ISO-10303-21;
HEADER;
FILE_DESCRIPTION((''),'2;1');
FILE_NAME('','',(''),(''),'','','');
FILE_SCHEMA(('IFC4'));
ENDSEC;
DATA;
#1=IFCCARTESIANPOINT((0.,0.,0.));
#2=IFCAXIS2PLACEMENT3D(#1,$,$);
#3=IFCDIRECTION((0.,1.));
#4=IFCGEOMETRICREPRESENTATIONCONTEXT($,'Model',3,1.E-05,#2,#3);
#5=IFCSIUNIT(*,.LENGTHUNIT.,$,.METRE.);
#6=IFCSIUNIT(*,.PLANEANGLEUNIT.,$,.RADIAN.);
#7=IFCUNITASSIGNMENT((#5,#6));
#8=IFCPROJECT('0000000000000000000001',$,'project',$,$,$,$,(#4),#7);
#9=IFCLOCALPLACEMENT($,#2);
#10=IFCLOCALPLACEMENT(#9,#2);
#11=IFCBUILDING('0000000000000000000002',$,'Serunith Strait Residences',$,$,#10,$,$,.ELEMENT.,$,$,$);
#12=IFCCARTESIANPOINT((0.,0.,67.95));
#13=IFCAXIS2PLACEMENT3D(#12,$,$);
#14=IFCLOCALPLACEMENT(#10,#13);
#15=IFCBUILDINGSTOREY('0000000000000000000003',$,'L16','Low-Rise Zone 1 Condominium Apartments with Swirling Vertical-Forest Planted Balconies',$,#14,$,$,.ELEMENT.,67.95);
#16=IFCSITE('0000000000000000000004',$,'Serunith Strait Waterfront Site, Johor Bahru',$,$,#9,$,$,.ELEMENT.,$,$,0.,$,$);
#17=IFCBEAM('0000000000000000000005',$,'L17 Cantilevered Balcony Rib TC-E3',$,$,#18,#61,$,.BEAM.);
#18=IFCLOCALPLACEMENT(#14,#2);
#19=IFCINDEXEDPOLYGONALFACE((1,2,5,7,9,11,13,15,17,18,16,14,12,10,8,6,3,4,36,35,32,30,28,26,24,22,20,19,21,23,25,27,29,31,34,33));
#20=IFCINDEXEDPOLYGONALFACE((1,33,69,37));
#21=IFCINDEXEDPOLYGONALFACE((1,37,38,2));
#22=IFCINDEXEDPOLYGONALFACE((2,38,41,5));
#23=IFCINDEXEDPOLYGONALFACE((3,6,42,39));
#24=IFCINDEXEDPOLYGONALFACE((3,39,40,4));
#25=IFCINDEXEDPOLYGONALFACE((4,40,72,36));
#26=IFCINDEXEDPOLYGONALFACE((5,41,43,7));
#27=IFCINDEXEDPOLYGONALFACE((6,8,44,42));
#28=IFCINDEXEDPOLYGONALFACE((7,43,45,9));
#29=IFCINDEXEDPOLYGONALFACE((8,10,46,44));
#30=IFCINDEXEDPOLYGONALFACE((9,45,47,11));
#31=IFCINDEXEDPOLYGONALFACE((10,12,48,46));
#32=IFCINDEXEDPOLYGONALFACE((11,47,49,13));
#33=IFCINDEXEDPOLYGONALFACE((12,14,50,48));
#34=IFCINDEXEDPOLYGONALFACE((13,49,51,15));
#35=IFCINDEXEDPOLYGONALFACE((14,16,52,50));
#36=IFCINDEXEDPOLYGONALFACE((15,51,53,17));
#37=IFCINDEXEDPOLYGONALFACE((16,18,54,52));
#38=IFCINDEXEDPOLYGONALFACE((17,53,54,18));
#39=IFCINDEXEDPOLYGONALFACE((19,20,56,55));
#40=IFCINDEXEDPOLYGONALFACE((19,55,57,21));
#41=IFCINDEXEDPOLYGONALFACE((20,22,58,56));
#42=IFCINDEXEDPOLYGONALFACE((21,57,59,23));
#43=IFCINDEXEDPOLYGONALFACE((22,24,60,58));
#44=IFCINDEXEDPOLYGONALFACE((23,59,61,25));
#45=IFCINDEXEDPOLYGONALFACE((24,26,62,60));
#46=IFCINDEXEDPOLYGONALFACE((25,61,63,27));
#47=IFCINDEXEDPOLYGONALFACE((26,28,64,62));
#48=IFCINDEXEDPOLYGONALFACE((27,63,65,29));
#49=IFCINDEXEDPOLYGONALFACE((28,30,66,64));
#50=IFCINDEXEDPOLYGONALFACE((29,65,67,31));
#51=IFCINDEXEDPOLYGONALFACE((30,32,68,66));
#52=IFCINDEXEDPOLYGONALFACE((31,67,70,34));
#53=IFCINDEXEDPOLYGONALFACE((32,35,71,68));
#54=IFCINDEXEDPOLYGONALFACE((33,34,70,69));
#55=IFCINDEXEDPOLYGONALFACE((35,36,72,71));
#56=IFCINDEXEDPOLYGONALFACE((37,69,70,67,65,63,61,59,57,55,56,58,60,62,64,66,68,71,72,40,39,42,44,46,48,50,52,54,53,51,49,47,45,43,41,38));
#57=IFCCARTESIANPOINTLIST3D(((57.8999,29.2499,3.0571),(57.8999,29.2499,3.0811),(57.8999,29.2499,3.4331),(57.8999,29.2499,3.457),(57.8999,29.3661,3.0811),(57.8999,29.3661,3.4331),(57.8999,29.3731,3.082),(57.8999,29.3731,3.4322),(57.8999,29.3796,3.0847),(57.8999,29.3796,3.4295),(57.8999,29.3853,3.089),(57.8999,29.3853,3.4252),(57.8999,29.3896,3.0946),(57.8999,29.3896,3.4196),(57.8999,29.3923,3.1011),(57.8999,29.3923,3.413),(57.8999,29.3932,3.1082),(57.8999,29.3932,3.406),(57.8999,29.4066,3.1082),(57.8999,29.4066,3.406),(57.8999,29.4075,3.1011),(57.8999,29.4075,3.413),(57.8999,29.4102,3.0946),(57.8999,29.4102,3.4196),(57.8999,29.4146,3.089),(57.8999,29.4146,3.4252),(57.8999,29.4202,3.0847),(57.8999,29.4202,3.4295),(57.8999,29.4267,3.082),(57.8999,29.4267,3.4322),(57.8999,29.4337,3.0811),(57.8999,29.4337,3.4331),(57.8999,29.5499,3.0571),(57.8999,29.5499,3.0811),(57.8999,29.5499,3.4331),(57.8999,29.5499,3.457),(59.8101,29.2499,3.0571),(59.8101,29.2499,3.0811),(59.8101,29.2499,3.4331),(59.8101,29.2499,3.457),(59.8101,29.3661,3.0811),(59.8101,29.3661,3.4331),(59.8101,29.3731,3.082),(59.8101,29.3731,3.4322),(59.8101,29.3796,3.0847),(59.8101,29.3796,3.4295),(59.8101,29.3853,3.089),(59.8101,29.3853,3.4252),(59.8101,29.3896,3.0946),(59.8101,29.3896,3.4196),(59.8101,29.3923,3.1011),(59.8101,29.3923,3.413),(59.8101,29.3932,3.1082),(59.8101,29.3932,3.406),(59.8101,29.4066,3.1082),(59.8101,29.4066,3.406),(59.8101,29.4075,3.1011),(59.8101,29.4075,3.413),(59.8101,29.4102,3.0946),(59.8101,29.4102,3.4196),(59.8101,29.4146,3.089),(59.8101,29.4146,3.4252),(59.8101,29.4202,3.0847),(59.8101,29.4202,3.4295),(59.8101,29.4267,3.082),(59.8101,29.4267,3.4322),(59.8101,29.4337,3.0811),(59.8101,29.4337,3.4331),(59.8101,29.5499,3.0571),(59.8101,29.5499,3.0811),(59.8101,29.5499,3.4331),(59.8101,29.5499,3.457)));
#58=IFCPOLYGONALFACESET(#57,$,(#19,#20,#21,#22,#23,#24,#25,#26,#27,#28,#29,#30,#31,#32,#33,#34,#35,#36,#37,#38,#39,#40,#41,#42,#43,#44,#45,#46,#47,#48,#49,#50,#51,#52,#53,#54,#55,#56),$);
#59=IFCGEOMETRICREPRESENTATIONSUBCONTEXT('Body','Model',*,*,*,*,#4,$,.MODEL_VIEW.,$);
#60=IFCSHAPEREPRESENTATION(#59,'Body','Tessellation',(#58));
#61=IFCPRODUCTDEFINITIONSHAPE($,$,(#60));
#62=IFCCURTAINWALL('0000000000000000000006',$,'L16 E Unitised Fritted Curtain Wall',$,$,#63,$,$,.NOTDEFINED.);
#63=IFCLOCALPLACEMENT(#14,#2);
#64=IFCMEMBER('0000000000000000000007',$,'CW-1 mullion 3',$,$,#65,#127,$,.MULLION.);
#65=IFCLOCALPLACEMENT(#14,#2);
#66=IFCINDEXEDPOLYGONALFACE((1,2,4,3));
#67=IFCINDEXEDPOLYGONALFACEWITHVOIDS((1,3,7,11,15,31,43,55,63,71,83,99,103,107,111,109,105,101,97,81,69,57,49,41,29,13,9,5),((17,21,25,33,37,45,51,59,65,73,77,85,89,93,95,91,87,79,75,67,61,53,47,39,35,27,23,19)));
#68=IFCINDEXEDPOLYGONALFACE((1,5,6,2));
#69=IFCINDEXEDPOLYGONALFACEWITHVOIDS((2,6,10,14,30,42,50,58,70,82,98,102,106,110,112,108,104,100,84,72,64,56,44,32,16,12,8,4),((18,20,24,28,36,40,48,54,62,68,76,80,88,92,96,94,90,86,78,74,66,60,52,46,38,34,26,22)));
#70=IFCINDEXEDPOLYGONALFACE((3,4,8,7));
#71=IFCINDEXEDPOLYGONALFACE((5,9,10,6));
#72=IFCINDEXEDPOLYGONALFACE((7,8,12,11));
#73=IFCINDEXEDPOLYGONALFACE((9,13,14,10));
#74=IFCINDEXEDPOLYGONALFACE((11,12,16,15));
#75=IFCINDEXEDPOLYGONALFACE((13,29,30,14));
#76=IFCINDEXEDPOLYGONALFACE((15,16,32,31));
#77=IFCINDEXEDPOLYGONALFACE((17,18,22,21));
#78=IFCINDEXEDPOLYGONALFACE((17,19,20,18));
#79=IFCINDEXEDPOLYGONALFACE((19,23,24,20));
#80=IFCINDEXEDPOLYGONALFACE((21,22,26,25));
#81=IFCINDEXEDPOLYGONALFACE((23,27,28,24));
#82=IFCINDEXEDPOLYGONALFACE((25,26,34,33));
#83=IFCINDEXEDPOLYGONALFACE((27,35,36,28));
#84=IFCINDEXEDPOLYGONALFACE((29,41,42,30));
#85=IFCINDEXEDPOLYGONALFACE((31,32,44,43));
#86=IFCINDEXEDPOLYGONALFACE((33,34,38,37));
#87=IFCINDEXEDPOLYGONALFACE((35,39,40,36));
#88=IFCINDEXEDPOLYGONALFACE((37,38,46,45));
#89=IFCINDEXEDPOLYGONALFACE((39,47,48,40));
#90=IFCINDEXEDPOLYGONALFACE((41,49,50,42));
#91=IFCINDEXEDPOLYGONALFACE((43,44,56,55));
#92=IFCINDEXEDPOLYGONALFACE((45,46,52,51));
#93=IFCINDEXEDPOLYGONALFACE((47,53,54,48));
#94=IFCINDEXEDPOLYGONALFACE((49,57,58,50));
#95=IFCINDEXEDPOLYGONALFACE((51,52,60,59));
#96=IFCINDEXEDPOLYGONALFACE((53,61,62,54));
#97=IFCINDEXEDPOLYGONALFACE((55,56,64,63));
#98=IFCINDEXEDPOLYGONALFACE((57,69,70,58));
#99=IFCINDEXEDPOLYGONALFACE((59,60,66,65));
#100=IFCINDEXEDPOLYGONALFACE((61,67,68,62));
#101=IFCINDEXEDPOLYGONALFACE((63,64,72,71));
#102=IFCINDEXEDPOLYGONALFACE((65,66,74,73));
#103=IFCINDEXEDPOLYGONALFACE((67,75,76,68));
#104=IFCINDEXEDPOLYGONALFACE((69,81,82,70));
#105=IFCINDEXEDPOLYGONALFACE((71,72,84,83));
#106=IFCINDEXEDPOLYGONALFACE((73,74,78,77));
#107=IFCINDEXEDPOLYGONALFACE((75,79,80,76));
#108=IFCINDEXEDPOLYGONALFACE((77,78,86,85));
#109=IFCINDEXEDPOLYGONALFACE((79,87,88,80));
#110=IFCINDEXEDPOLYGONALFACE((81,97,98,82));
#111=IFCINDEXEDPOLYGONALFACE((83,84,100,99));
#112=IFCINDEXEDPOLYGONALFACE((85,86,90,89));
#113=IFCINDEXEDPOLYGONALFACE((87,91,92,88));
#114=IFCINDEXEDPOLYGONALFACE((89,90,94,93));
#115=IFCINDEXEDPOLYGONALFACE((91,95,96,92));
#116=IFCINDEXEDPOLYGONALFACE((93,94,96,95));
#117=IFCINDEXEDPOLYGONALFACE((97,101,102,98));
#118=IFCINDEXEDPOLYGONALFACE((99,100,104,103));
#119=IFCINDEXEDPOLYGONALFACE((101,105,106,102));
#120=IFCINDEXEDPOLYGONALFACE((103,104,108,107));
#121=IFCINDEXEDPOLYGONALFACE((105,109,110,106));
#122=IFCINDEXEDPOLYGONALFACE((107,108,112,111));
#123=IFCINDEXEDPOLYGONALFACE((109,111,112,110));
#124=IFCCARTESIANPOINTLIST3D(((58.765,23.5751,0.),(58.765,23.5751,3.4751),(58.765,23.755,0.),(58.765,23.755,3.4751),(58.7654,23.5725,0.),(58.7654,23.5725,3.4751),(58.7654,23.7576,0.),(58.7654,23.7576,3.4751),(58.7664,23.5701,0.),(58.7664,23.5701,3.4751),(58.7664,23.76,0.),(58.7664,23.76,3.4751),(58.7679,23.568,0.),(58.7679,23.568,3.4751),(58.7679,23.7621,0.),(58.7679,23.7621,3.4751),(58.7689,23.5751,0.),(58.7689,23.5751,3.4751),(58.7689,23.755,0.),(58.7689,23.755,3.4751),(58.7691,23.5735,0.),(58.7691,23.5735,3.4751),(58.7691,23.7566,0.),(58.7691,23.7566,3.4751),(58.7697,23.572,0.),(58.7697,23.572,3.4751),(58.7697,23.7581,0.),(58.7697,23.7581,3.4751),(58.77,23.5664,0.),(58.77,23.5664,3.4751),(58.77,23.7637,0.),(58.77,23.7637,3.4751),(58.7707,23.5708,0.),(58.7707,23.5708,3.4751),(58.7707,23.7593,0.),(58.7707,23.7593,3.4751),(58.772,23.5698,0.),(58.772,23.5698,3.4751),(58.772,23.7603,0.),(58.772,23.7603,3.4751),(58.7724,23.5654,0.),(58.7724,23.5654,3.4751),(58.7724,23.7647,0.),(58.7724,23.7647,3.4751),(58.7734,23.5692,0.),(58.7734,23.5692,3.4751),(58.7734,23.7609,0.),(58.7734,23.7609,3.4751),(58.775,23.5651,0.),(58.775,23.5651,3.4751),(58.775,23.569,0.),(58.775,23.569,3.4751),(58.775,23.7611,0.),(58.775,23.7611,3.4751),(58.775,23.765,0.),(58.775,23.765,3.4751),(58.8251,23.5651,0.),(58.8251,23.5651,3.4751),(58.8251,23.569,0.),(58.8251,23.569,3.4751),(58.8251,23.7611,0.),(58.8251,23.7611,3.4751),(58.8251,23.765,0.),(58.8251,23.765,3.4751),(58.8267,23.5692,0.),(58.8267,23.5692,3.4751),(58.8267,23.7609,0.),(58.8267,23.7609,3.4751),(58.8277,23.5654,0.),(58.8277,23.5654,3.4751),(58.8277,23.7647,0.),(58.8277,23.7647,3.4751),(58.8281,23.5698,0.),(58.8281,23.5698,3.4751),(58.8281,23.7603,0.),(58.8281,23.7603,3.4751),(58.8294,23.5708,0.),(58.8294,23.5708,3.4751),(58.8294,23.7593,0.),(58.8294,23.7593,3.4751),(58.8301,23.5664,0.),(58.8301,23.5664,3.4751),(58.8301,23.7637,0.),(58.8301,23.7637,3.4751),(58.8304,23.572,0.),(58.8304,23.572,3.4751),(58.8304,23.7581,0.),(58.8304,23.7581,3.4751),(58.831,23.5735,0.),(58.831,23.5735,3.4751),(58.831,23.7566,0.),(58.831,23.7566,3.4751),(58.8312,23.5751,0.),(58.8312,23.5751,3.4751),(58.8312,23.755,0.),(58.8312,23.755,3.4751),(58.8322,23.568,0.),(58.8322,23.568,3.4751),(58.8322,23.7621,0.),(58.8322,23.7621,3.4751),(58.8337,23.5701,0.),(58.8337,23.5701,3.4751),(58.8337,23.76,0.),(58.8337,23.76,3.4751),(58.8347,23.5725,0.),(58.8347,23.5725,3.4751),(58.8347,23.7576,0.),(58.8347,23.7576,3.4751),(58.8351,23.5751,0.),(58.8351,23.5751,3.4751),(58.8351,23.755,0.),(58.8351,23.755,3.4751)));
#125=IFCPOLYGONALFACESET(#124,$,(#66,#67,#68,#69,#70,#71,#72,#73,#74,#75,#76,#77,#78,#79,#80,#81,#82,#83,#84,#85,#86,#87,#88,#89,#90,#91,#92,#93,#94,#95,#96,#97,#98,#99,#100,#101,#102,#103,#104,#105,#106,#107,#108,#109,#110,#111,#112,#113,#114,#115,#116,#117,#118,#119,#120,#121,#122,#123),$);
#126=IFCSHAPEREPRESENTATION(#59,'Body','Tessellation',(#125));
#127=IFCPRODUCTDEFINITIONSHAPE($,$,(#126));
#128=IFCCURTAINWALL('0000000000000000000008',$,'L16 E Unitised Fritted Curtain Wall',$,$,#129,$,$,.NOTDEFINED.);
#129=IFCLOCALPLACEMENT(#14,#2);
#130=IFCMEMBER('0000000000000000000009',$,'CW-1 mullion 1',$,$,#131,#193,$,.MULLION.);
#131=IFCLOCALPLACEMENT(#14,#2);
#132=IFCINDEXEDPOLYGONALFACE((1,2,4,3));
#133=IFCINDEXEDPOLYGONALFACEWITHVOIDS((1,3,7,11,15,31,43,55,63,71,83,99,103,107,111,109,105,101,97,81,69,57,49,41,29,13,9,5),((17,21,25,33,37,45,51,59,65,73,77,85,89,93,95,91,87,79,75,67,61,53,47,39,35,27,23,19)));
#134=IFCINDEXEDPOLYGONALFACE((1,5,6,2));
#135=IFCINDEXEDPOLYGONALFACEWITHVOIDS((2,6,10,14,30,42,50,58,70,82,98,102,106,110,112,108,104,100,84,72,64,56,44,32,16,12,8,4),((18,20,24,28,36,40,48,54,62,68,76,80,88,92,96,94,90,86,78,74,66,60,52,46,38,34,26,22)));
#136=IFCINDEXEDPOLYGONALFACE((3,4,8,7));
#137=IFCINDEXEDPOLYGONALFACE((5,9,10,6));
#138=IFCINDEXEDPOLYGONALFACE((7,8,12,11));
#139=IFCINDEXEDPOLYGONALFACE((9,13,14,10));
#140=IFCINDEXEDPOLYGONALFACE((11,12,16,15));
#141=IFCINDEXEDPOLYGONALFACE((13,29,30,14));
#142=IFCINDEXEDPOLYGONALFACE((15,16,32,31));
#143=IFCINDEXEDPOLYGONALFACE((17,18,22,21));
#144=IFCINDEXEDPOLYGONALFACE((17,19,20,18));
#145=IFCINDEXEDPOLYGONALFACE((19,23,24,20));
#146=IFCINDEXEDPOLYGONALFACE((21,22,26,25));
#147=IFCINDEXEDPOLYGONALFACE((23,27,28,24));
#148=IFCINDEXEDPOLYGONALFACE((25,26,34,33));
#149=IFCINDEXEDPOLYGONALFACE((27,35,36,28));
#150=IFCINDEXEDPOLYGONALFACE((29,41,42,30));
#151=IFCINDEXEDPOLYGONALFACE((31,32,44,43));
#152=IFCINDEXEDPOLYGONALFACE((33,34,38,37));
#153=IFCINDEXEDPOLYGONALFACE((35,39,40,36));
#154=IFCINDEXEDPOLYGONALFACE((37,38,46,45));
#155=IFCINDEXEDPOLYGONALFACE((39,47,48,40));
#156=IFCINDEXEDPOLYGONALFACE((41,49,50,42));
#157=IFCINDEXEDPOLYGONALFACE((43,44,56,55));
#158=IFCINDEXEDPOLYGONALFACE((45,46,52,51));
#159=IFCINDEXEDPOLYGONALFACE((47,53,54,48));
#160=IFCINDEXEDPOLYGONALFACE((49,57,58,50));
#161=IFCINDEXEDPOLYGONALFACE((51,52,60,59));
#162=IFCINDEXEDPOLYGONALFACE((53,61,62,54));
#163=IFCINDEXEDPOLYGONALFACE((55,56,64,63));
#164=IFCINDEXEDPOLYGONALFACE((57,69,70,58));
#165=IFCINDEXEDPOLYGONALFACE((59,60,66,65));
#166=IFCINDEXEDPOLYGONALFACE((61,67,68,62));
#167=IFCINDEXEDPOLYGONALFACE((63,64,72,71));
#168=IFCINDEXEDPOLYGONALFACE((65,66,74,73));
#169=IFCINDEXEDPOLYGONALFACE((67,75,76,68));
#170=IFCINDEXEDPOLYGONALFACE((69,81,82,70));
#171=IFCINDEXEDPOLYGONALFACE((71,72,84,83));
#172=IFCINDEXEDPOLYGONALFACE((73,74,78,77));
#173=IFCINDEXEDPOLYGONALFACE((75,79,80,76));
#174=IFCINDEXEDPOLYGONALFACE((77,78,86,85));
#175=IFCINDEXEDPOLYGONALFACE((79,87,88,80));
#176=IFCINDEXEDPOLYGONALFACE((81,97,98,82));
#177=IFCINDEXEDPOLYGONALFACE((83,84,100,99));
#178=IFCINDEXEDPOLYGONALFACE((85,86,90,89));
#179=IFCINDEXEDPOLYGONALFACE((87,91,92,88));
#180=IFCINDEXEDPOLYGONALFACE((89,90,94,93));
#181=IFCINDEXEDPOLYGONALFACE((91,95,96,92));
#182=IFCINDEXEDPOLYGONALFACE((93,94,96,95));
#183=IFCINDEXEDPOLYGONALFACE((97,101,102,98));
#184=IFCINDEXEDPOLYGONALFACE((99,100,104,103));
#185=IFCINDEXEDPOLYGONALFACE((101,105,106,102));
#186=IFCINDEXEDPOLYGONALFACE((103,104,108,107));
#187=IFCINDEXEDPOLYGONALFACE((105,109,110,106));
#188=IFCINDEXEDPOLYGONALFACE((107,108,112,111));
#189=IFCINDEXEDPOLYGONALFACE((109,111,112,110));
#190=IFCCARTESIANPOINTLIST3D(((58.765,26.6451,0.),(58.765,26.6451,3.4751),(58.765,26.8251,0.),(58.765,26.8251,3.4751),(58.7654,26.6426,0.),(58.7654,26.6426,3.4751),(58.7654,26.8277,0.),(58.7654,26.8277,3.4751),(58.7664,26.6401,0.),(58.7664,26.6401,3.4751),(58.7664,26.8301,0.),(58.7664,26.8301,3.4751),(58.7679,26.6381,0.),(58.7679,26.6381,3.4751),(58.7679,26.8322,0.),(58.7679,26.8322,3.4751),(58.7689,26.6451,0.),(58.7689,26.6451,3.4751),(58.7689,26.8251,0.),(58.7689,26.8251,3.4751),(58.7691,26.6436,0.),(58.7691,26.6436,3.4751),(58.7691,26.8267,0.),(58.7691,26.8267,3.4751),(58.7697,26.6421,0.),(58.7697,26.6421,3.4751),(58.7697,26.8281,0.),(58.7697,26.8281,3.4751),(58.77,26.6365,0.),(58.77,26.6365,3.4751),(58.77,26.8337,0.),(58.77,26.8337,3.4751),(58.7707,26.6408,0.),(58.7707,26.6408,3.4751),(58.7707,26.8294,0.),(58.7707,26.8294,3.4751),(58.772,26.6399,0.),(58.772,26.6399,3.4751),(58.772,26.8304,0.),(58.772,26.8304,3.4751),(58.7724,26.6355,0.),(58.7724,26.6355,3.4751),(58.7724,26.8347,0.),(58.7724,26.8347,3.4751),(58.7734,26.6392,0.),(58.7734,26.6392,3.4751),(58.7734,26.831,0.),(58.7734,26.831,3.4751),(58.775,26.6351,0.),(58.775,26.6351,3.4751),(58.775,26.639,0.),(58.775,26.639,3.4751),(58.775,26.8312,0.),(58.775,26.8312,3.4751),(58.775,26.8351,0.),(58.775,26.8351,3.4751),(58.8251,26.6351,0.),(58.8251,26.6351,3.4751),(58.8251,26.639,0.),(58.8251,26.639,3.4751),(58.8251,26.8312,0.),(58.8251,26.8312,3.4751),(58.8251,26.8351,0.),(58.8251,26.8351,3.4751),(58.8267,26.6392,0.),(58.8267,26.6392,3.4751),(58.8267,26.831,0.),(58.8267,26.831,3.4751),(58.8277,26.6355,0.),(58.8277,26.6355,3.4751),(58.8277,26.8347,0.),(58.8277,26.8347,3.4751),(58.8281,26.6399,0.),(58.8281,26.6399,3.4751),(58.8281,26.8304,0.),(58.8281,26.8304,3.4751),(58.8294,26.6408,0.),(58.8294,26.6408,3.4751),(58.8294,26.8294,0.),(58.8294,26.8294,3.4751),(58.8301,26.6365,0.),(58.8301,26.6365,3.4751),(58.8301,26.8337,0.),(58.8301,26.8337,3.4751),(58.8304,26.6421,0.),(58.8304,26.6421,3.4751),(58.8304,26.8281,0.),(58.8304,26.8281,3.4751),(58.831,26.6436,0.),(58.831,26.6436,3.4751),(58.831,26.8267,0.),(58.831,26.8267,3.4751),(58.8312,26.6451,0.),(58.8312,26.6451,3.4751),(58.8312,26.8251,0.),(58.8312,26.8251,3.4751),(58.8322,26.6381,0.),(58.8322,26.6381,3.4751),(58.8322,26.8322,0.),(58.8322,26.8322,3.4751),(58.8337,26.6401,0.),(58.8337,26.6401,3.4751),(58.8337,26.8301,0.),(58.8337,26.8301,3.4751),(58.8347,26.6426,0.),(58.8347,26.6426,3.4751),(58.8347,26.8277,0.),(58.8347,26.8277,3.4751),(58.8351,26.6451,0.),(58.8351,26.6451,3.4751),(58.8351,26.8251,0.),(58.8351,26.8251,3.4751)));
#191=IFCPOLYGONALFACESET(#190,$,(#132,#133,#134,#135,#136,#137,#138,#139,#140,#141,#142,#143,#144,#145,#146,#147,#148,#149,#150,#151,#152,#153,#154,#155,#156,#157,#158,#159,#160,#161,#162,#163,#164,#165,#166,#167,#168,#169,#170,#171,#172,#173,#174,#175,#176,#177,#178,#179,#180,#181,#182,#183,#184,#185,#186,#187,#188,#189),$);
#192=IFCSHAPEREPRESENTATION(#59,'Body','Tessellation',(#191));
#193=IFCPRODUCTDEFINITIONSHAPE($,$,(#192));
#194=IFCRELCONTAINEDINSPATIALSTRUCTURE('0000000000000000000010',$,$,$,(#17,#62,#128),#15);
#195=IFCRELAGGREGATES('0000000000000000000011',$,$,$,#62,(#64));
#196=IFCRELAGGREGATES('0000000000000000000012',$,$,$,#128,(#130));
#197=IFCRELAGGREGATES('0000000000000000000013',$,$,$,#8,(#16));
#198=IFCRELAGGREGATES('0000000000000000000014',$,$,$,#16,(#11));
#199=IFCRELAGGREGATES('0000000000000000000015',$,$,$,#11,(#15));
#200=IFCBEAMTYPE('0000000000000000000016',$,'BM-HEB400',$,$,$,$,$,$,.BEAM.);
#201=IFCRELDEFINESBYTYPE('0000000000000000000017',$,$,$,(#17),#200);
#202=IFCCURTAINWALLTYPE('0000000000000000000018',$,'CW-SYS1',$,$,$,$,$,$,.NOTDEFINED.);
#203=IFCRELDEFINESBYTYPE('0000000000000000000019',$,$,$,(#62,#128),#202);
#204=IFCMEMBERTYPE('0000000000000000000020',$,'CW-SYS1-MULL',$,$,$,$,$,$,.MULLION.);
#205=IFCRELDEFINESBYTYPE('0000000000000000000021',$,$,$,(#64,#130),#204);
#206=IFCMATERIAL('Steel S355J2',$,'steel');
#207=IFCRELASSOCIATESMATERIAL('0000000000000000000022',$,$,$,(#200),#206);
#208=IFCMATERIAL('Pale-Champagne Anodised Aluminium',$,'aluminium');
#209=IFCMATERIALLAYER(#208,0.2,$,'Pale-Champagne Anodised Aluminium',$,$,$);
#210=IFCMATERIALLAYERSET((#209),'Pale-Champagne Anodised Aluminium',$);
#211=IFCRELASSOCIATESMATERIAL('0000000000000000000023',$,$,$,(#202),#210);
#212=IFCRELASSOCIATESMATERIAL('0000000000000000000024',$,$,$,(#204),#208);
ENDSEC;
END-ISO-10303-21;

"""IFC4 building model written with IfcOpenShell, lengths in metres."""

from ifc_helpers import new_model, si_unit, direction, frame, origin, origin_2d, place, context, subcontext, project, spatial, hollow_rectangle, i_section, extrude, source, transform, mapped, material, layer, layer_set, material_profile, profile_set, type_object, element, aggregate, save


model = new_model("IFC4")

# Units and contexts
model_context = context("Model", 3, precision=1e-05, world=origin(), true_north=direction((0.0, 1.0)))
body_context = subcontext(model_context, "Body", "Model", "MODEL_VIEW")
ifc_project = project(units=[si_unit("LENGTHUNIT", "METRE"), si_unit("PLANEANGLEUNIT", "RADIAN")], contexts=[model_context])

# Site, building, storey
site_placement = place(None, origin())
site = spatial("IfcSite", under=ifc_project, at=site_placement, Name="Serunith Strait Waterfront Site, Johor Bahru", CompositionType="ELEMENT", RefElevation=0.0)
building_placement = place(site_placement, origin())
building = spatial("IfcBuilding", under=site, at=building_placement, Name="Serunith Strait Residences", CompositionType="ELEMENT")
storey_placement = place(building_placement, frame((0.0, 0.0, 67.95)))
storey = spatial("IfcBuildingStorey", under=building, at=storey_placement, Name="L16", Description="Low-Rise Zone 1 Condominium Apartments with Swirling Vertical-Forest Planted Balconies", CompositionType="ELEMENT", Elevation=67.95)

# Beam
ifc_material_1 = material(Name="Steel S355J2", Category="steel")
ifc_material_profile_1 = material_profile(ifc_material_1, i_section(OverallWidth=0.3, OverallDepth=0.3999, WebThickness=0.0134, FlangeThickness=0.0239, FilletRadius=0.0271, at=origin_2d()), Name="HEB 400")
ifc_profile_set_1 = profile_set([ifc_material_profile_1], Name="Steel S355J2")
beam_type_1 = type_object("IfcBeamType", Name="BM-HEB400", PredefinedType="BEAM", material=ifc_profile_set_1)
shared_shape_1 = source(origin(), body_context, "Body", "SweptSolid", [
    extrude(i_section(OverallWidth=0.3, OverallDepth=0.3999, WebThickness=0.0134, FlangeThickness=0.0239, FilletRadius=0.0271, at=origin_2d()), origin(), (0.0, 0.0, 1.0), 1.9102),
])
beam_1_placement = place(storey_placement, frame((57.8999, 29.3999, 3.2571), z_axis=(1.0, 0.0, 0.0), x_axis=(0.0, 1.0, 0.0)))
element("IfcBeam", 1, at=beam_1_placement, inside=storey, type_object=beam_type_1, Name="L17 Cantilevered Balcony Rib TC-E3", PredefinedType="BEAM", context=body_context, shape_type="MappedRepresentation", body=[
    mapped(shared_shape_1, transform((0.0, 0.0, 0.0), scale=1.0)),
])

# Curtain wall, member
ifc_material_2 = material(Name="Pale-Champagne Anodised Aluminium", Category="aluminium")
ifc_layer_1 = layer(ifc_material_2, 0.2, Name="Pale-Champagne Anodised Aluminium")
ifc_layer_set_1 = layer_set([ifc_layer_1], Name="Pale-Champagne Anodised Aluminium")
curtain_wall_type = type_object("IfcCurtainWallType", Name="CW-SYS1", PredefinedType="NOTDEFINED", material=ifc_layer_set_1)
curtain_wall_1_placement = place(storey_placement, origin())
curtain_wall_1 = element("IfcCurtainWall", 2, at=curtain_wall_1_placement, inside=storey, type_object=curtain_wall_type, Name="L16 E Unitised Fritted Curtain Wall", PredefinedType="NOTDEFINED")
ifc_material_profile_2 = material_profile(ifc_material_2, hollow_rectangle(XDim=0.0701, YDim=0.2, WallThickness=0.0039, InnerFilletRadius=0.0061, OuterFilletRadius=0.01, at=origin_2d()), Name="ALU 200x70x4")
ifc_profile_set_2 = profile_set([ifc_material_profile_2], Name="Pale-Champagne Anodised Aluminium")
member_type_1 = type_object("IfcMemberType", Name="CW-SYS1-MULL", PredefinedType="MULLION", material=ifc_profile_set_2)
shared_shape_2 = source(origin(), body_context, "Body", "SweptSolid", [
    extrude(hollow_rectangle(XDim=0.0701, YDim=0.2, WallThickness=0.0039, InnerFilletRadius=0.0061, OuterFilletRadius=0.01, at=origin_2d()), origin(), (0.0, 0.0, 1.0), 3.4751),
])
member_1_placement = place(storey_placement, frame((58.8, 23.665, 0.0), z_axis=(0.0, 0.0, 1.0), x_axis=(-1.0, 0.0, 0.0)))
member_1 = element("IfcMember", 3, at=member_1_placement, type_object=member_type_1, Name="CW-1 mullion 3", PredefinedType="MULLION", context=body_context, shape_type="MappedRepresentation", body=[
    mapped(shared_shape_2, transform((0.0, 0.0, 0.0), scale=1.0)),
])
aggregate(curtain_wall_1, [member_1])

# Curtain wall, member
curtain_wall_2_placement = place(storey_placement, origin())
curtain_wall_2 = element("IfcCurtainWall", 4, at=curtain_wall_2_placement, inside=storey, type_object=curtain_wall_type, Name="L16 E Unitised Fritted Curtain Wall", PredefinedType="NOTDEFINED")
member_2_placement = place(storey_placement, frame((58.8, 26.7351, 0.0), z_axis=(0.0, 0.0, 1.0), x_axis=(-1.0, 0.0, 0.0)))
member_2 = element("IfcMember", 5, at=member_2_placement, type_object=member_type_1, Name="CW-1 mullion 1", PredefinedType="MULLION", context=body_context, shape_type="MappedRepresentation", body=[
    mapped(shared_shape_2, transform((0.0, 0.0, 0.0), scale=1.0)),
])
aggregate(curtain_wall_2, [member_2])

save(model, "model.ifc")
